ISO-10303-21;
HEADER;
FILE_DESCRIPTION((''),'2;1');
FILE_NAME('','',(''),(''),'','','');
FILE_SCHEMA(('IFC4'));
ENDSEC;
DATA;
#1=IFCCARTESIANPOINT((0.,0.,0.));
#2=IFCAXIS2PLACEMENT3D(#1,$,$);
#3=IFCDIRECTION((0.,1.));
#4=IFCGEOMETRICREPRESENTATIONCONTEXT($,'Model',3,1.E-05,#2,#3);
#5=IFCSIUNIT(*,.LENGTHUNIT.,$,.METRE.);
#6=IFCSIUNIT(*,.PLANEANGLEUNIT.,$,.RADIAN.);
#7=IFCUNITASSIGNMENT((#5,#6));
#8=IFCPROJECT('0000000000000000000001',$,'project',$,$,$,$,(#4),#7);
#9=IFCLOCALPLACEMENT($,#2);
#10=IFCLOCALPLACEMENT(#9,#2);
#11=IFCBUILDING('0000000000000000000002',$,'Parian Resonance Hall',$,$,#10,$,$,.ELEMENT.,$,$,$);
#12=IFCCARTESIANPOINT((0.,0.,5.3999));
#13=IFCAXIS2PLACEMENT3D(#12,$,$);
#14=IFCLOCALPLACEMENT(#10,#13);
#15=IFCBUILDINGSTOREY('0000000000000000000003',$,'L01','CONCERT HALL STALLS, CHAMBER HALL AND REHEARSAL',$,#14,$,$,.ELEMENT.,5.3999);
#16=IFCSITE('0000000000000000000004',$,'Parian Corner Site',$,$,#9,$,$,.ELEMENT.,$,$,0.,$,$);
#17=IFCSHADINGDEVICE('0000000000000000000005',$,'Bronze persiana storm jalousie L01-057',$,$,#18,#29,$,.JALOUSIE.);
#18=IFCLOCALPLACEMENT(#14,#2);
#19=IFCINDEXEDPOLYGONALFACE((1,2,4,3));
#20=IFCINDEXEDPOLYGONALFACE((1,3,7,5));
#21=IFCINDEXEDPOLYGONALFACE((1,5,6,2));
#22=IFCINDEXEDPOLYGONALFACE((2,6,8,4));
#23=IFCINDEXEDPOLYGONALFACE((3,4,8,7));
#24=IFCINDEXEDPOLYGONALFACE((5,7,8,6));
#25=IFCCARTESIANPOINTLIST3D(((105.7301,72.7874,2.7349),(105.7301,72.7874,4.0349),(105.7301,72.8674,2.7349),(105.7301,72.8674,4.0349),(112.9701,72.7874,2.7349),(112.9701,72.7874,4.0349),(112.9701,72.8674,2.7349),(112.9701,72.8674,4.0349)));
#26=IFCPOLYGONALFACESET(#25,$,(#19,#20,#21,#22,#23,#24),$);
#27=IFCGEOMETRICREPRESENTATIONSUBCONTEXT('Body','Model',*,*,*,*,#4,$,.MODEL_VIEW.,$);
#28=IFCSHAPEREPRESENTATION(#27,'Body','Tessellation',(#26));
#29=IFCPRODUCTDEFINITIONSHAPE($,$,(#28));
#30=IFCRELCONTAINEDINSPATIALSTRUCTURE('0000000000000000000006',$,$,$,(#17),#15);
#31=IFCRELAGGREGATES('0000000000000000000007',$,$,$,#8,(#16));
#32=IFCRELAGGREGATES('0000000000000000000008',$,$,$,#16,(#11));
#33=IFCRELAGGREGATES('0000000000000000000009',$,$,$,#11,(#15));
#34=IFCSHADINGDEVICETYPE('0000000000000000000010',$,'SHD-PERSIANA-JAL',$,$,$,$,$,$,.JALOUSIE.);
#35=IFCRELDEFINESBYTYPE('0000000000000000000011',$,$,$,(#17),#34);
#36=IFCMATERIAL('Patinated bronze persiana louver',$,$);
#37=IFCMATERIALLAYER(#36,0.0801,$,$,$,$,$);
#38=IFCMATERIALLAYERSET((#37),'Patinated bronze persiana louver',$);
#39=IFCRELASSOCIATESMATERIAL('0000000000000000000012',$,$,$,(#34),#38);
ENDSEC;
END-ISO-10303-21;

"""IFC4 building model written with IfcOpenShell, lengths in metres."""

from ifc_helpers import new_model, si_unit, direction, frame, origin, origin_2d, place, context, subcontext, project, spatial, rectangle, extrude, material, layer, layer_set, type_object, element, save


model = new_model("IFC4")

# Units and contexts
model_context = context("Model", 3, precision=1e-05, world=origin(), true_north=direction((0.0, 1.0)))
body_context = subcontext(model_context, "Body", "Model", "MODEL_VIEW")
ifc_project = project(units=[si_unit("LENGTHUNIT", "METRE"), si_unit("PLANEANGLEUNIT", "RADIAN")], contexts=[model_context])

# Site, building, storey
site_placement = place(None, origin())
site = spatial("IfcSite", under=ifc_project, at=site_placement, Name="Parian Corner Site", CompositionType="ELEMENT", RefElevation=0.0)
building_placement = place(site_placement, origin())
building = spatial("IfcBuilding", under=site, at=building_placement, Name="Parian Resonance Hall", CompositionType="ELEMENT")
storey_placement = place(building_placement, frame((0.0, 0.0, 5.3999)))
storey = spatial("IfcBuildingStorey", under=building, at=storey_placement, Name="L01", Description="CONCERT HALL STALLS, CHAMBER HALL AND REHEARSAL", CompositionType="ELEMENT", Elevation=5.3999)

# Shading device
ifc_material_1 = material(Name="Patinated bronze persiana louver")
ifc_layer_1 = layer(ifc_material_1, 0.0801)
ifc_layer_set_1 = layer_set([ifc_layer_1], Name="Patinated bronze persiana louver")
shading_device_type = type_object("IfcShadingDeviceType", Name="SHD-PERSIANA-JAL", PredefinedType="JALOUSIE", material=ifc_layer_set_1)
for number, where, z_axis, x_axis, name in (
    (1, (109.3501, 72.8274, 2.7349), (0.0, 0.0, 1.0), (-1.0, 0.0, 0.0), "Bronze persiana storm jalousie L01-057"),
):
    element("IfcShadingDevice", number, at=place(storey_placement, frame(where, z_axis=z_axis, x_axis=x_axis)), inside=storey, type_object=shading_device_type, Name=name, PredefinedType="JALOUSIE", context=body_context, shape_type="SweptSolid", body=[
        extrude(rectangle(XDim=7.24, YDim=0.0801, at=origin_2d()), origin(), (0.0, 0.0, 1.0), 1.3),
    ])

save(model, "model.ifc")
